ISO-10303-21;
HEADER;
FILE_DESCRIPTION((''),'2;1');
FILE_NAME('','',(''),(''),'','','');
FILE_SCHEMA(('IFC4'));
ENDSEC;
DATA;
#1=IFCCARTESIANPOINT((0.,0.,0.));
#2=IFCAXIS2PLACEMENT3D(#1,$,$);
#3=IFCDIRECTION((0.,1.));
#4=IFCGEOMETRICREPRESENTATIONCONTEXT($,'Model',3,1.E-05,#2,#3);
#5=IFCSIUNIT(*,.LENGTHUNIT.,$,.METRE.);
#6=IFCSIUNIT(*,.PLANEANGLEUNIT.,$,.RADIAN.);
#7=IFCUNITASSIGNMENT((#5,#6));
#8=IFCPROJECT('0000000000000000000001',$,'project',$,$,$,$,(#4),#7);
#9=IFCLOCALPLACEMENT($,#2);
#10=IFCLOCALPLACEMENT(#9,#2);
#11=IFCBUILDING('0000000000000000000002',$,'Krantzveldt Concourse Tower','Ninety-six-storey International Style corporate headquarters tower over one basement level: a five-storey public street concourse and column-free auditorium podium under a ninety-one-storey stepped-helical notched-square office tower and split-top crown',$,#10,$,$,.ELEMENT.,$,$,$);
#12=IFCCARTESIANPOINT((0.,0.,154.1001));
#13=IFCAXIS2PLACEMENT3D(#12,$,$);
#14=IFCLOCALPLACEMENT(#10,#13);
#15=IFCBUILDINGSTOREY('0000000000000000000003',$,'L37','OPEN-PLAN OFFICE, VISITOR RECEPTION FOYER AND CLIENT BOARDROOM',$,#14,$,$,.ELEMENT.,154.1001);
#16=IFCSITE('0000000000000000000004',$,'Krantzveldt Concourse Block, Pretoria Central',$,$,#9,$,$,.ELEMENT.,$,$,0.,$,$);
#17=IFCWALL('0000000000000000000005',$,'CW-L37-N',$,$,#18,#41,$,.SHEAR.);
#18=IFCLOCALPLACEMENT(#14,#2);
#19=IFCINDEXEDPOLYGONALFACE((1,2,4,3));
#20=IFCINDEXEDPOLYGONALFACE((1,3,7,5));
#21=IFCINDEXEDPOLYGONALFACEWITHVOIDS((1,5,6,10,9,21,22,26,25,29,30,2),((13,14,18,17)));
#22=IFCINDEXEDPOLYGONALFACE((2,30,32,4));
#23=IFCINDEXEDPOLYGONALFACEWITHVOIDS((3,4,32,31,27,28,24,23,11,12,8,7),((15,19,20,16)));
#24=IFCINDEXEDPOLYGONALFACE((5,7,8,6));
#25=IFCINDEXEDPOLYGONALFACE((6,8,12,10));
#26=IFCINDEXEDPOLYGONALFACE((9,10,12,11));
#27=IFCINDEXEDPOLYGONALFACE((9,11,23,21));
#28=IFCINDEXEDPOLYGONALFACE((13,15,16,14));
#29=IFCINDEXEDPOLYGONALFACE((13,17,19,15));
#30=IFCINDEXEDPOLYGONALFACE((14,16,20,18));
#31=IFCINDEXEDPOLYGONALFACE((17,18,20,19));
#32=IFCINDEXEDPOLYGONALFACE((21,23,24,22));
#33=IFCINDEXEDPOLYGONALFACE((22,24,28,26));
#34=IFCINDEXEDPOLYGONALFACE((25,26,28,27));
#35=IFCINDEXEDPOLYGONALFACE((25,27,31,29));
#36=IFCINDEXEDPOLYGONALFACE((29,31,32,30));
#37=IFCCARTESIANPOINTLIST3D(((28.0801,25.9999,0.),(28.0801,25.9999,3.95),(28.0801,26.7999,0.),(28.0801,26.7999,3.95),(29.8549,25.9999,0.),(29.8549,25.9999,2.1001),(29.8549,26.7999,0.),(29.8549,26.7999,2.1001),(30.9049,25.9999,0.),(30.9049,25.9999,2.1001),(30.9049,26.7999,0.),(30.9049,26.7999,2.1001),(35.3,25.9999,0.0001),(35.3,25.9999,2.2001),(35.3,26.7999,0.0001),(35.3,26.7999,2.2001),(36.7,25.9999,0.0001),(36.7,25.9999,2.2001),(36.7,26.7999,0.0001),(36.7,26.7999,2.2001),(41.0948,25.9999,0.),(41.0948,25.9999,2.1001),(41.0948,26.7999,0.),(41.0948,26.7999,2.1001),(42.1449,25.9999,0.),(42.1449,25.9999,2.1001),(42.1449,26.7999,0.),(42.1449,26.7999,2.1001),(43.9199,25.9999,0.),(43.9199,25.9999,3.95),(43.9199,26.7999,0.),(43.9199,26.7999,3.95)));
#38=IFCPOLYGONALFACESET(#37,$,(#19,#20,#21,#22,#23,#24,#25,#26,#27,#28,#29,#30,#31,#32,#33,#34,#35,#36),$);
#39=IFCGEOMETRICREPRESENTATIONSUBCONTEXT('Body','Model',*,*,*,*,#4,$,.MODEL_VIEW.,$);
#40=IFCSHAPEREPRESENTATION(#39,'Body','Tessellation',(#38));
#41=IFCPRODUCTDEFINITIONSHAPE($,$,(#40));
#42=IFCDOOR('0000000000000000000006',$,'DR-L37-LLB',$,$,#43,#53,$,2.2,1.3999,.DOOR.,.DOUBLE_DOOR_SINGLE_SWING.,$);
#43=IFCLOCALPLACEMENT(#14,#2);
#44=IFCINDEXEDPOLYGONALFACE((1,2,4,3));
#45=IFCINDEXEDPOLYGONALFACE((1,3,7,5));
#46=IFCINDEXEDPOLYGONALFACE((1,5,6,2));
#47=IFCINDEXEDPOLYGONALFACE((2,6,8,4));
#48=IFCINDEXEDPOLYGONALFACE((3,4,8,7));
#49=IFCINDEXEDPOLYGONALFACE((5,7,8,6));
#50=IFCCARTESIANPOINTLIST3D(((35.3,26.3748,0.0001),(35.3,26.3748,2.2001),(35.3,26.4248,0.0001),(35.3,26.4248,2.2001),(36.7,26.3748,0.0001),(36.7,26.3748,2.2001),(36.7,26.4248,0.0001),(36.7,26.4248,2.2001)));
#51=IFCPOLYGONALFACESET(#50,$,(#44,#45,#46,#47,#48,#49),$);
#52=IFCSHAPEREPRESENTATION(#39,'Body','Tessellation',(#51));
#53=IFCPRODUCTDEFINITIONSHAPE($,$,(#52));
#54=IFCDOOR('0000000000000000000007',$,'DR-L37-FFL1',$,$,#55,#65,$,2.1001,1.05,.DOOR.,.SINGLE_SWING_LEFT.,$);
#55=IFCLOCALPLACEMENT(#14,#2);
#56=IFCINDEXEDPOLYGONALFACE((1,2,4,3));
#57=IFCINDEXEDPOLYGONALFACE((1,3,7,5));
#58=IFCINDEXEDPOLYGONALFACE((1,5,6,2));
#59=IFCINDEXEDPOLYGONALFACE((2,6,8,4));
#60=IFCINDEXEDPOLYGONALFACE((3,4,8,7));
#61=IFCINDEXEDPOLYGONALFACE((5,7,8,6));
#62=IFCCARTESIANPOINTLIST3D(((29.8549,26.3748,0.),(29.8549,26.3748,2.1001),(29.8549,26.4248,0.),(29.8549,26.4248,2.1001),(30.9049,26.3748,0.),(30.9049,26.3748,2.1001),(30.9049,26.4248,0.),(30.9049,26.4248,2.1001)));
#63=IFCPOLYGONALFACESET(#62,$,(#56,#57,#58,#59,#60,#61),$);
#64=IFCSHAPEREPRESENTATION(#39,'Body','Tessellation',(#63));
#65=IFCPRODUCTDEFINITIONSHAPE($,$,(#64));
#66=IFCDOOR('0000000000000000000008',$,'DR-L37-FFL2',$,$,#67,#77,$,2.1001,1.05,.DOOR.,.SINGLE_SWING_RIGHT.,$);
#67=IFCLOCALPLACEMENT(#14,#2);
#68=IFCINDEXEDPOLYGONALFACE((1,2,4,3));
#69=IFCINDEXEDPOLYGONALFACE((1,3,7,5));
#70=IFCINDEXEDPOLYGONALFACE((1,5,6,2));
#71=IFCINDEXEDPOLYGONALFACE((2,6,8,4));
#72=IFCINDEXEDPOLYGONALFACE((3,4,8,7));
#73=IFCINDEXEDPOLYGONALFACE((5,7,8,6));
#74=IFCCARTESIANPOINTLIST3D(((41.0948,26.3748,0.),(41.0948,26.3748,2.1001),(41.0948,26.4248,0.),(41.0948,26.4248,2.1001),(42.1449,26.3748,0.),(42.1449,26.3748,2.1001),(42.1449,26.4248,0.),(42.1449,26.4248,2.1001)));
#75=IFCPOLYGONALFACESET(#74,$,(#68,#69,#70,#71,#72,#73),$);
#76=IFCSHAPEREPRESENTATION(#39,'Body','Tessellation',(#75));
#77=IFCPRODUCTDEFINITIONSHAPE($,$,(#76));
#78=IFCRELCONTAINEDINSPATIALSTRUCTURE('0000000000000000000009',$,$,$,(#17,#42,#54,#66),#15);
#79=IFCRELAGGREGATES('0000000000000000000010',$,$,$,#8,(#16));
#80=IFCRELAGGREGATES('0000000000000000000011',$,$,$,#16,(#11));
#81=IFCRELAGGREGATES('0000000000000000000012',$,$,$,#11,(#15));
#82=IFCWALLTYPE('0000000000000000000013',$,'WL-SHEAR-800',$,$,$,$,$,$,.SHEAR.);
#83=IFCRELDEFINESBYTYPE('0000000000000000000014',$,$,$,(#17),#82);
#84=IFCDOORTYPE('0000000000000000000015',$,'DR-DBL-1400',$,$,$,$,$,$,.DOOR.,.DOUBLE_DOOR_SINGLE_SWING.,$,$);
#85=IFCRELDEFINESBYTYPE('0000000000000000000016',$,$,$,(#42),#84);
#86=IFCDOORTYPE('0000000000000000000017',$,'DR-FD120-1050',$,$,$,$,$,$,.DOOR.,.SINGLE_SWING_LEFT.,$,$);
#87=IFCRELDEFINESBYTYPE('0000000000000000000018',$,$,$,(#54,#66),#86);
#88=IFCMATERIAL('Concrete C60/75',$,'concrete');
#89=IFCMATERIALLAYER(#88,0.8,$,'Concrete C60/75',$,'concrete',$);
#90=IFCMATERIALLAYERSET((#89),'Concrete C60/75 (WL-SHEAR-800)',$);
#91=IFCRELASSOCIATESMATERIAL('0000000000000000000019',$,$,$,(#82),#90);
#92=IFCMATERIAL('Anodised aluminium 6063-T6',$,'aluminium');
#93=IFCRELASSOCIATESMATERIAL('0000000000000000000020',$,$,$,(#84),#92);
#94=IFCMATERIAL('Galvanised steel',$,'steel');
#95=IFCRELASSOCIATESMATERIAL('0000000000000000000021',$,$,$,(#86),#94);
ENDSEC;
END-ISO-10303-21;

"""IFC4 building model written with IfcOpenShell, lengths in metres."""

from ifc_helpers import new_model, si_unit, direction, frame, frame_2d, origin, place, context, subcontext, project, spatial, rectangle, extrude, material, layer, layer_set, type_object, element, fill, save


model = new_model("IFC4")

# Units and contexts
model_context = context("Model", 3, precision=1e-05, world=origin(), true_north=direction((0.0, 1.0)))
body_context = subcontext(model_context, "Body", "Model", "MODEL_VIEW")
ifc_project = project(units=[si_unit("LENGTHUNIT", "METRE"), si_unit("PLANEANGLEUNIT", "RADIAN")], contexts=[model_context])

# Site, building, storey
site_placement = place(None, origin())
site = spatial("IfcSite", under=ifc_project, at=site_placement, Name="Krantzveldt Concourse Block, Pretoria Central", CompositionType="ELEMENT", RefElevation=0.0)
building_placement = place(site_placement, origin())
building = spatial("IfcBuilding", under=site, at=building_placement, Name="Krantzveldt Concourse Tower", Description="Ninety-six-storey International Style corporate headquarters tower over one basement level: a five-storey public street concourse and column-free auditorium podium under a ninety-one-storey stepped-helical notched-square office tower and split-top crown", CompositionType="ELEMENT")
storey_placement = place(building_placement, frame((0.0, 0.0, 154.1001)))
storey = spatial("IfcBuildingStorey", under=building, at=storey_placement, Name="L37", Description="OPEN-PLAN OFFICE, VISITOR RECEPTION FOYER AND CLIENT BOARDROOM", CompositionType="ELEMENT", Elevation=154.1001)

# Wall, openings, doors
ifc_material_1 = material(Name="Concrete C60/75", Category="concrete")
ifc_layer_1 = layer(ifc_material_1, 0.8, Name="Concrete C60/75", Category="concrete")
ifc_layer_set_1 = layer_set([ifc_layer_1], Name="Concrete C60/75 (WL-SHEAR-800)")
wall_type_1 = type_object("IfcWallType", Name="WL-SHEAR-800", PredefinedType="SHEAR", material=ifc_layer_set_1)
wall_1_placement = place(storey_placement, frame((28.0801, 26.3999, 0.0), z_axis=(0.0, 0.0, 1.0), x_axis=(1.0, 0.0, 0.0)))
wall_1 = element("IfcWall", 1, at=wall_1_placement, inside=storey, type_object=wall_type_1, Name="CW-L37-N", PredefinedType="SHEAR", context=body_context, shape_type="SweptSolid", body=[
    extrude(rectangle(XDim=15.8398, YDim=0.8, at=frame_2d((7.9199, 0.0))), origin(), (0.0, 0.0, 1.0), 3.95),
])
opening_1_placement = place(wall_1_placement, frame((7.22, 0.0, 0.0)))
opening_1 = element("IfcOpeningElement", 2, at=opening_1_placement, cuts=wall_1, PredefinedType="OPENING", context=body_context, shape_type="SweptSolid", body=[
    extrude(rectangle(XDim=1.3999, YDim=2.2, at=frame_2d((0.7, 1.1001))), frame((0.0, 0.4102, 0.0), z_axis=(0.0, -1.0, 0.0), x_axis=(1.0, 0.0, 0.0)), (0.0, 0.0, 1.0), 0.8201),
])
opening_2_placement = place(wall_1_placement, frame((1.7749, 0.0, 0.0)))
opening_2 = element("IfcOpeningElement", 3, at=opening_2_placement, cuts=wall_1, PredefinedType="OPENING", context=body_context, shape_type="SweptSolid", body=[
    extrude(rectangle(XDim=1.05, YDim=2.1001, at=frame_2d((0.5249, 1.05))), frame((0.0, 0.4102, 0.0), z_axis=(0.0, -1.0, 0.0), x_axis=(1.0, 0.0, 0.0)), (0.0, 0.0, 1.0), 0.8201),
])
opening_3_placement = place(wall_1_placement, frame((13.0149, 0.0, 0.0)))
opening_3 = element("IfcOpeningElement", 4, at=opening_3_placement, cuts=wall_1, PredefinedType="OPENING", context=body_context, shape_type="SweptSolid", body=[
    extrude(rectangle(XDim=1.05, YDim=2.1001, at=frame_2d((0.5249, 1.05))), frame((0.0, 0.4102, 0.0), z_axis=(0.0, -1.0, 0.0), x_axis=(1.0, 0.0, 0.0)), (0.0, 0.0, 1.0), 0.8201),
])
ifc_material_2 = material(Name="Anodised aluminium 6063-T6", Category="aluminium")
door_type_1 = type_object("IfcDoorType", Name="DR-DBL-1400", OperationType="DOUBLE_DOOR_SINGLE_SWING", PredefinedType="DOOR", material=ifc_material_2)
door_1_placement = place(opening_1_placement, origin())
door_1 = element("IfcDoor", 5, at=door_1_placement, inside=storey, type_object=door_type_1, Name="DR-L37-LLB", OperationType="DOUBLE_DOOR_SINGLE_SWING", OverallHeight=2.2, OverallWidth=1.3999, PredefinedType="DOOR", context=body_context, shape_type="SweptSolid", body=[
    extrude(rectangle(XDim=1.3999, YDim=2.2, at=frame_2d((0.7, 1.1001))), frame((0.0, 0.0249, 0.0), z_axis=(0.0, -1.0, 0.0), x_axis=(1.0, 0.0, 0.0)), (0.0, 0.0, 1.0), 0.05),
])
fill(opening_1, door_1)
ifc_material_3 = material(Name="Galvanised steel", Category="steel")
door_type_2 = type_object("IfcDoorType", Name="DR-FD120-1050", OperationType="SINGLE_SWING_LEFT", PredefinedType="DOOR", material=ifc_material_3)
door_2_placement = place(opening_2_placement, origin())
door_2 = element("IfcDoor", 6, at=door_2_placement, inside=storey, type_object=door_type_2, Name="DR-L37-FFL1", OperationType="SINGLE_SWING_LEFT", OverallHeight=2.1001, OverallWidth=1.05, PredefinedType="DOOR", context=body_context, shape_type="SweptSolid", body=[
    extrude(rectangle(XDim=1.05, YDim=2.1001, at=frame_2d((0.5249, 1.05))), frame((0.0, 0.0249, 0.0), z_axis=(0.0, -1.0, 0.0), x_axis=(1.0, 0.0, 0.0)), (0.0, 0.0, 1.0), 0.05),
])
fill(opening_2, door_2)
door_3_placement = place(opening_3_placement, origin())
door_3 = element("IfcDoor", 7, at=door_3_placement, inside=storey, type_object=door_type_2, Name="DR-L37-FFL2", OperationType="SINGLE_SWING_RIGHT", OverallHeight=2.1001, OverallWidth=1.05, PredefinedType="DOOR", context=body_context, shape_type="SweptSolid", body=[
    extrude(rectangle(XDim=1.05, YDim=2.1001, at=frame_2d((0.5249, 1.05))), frame((0.0, 0.0249, 0.0), z_axis=(0.0, -1.0, 0.0), x_axis=(1.0, 0.0, 0.0)), (0.0, 0.0, 1.0), 0.05),
])
fill(opening_3, door_3)

save(model, "model.ifc")
